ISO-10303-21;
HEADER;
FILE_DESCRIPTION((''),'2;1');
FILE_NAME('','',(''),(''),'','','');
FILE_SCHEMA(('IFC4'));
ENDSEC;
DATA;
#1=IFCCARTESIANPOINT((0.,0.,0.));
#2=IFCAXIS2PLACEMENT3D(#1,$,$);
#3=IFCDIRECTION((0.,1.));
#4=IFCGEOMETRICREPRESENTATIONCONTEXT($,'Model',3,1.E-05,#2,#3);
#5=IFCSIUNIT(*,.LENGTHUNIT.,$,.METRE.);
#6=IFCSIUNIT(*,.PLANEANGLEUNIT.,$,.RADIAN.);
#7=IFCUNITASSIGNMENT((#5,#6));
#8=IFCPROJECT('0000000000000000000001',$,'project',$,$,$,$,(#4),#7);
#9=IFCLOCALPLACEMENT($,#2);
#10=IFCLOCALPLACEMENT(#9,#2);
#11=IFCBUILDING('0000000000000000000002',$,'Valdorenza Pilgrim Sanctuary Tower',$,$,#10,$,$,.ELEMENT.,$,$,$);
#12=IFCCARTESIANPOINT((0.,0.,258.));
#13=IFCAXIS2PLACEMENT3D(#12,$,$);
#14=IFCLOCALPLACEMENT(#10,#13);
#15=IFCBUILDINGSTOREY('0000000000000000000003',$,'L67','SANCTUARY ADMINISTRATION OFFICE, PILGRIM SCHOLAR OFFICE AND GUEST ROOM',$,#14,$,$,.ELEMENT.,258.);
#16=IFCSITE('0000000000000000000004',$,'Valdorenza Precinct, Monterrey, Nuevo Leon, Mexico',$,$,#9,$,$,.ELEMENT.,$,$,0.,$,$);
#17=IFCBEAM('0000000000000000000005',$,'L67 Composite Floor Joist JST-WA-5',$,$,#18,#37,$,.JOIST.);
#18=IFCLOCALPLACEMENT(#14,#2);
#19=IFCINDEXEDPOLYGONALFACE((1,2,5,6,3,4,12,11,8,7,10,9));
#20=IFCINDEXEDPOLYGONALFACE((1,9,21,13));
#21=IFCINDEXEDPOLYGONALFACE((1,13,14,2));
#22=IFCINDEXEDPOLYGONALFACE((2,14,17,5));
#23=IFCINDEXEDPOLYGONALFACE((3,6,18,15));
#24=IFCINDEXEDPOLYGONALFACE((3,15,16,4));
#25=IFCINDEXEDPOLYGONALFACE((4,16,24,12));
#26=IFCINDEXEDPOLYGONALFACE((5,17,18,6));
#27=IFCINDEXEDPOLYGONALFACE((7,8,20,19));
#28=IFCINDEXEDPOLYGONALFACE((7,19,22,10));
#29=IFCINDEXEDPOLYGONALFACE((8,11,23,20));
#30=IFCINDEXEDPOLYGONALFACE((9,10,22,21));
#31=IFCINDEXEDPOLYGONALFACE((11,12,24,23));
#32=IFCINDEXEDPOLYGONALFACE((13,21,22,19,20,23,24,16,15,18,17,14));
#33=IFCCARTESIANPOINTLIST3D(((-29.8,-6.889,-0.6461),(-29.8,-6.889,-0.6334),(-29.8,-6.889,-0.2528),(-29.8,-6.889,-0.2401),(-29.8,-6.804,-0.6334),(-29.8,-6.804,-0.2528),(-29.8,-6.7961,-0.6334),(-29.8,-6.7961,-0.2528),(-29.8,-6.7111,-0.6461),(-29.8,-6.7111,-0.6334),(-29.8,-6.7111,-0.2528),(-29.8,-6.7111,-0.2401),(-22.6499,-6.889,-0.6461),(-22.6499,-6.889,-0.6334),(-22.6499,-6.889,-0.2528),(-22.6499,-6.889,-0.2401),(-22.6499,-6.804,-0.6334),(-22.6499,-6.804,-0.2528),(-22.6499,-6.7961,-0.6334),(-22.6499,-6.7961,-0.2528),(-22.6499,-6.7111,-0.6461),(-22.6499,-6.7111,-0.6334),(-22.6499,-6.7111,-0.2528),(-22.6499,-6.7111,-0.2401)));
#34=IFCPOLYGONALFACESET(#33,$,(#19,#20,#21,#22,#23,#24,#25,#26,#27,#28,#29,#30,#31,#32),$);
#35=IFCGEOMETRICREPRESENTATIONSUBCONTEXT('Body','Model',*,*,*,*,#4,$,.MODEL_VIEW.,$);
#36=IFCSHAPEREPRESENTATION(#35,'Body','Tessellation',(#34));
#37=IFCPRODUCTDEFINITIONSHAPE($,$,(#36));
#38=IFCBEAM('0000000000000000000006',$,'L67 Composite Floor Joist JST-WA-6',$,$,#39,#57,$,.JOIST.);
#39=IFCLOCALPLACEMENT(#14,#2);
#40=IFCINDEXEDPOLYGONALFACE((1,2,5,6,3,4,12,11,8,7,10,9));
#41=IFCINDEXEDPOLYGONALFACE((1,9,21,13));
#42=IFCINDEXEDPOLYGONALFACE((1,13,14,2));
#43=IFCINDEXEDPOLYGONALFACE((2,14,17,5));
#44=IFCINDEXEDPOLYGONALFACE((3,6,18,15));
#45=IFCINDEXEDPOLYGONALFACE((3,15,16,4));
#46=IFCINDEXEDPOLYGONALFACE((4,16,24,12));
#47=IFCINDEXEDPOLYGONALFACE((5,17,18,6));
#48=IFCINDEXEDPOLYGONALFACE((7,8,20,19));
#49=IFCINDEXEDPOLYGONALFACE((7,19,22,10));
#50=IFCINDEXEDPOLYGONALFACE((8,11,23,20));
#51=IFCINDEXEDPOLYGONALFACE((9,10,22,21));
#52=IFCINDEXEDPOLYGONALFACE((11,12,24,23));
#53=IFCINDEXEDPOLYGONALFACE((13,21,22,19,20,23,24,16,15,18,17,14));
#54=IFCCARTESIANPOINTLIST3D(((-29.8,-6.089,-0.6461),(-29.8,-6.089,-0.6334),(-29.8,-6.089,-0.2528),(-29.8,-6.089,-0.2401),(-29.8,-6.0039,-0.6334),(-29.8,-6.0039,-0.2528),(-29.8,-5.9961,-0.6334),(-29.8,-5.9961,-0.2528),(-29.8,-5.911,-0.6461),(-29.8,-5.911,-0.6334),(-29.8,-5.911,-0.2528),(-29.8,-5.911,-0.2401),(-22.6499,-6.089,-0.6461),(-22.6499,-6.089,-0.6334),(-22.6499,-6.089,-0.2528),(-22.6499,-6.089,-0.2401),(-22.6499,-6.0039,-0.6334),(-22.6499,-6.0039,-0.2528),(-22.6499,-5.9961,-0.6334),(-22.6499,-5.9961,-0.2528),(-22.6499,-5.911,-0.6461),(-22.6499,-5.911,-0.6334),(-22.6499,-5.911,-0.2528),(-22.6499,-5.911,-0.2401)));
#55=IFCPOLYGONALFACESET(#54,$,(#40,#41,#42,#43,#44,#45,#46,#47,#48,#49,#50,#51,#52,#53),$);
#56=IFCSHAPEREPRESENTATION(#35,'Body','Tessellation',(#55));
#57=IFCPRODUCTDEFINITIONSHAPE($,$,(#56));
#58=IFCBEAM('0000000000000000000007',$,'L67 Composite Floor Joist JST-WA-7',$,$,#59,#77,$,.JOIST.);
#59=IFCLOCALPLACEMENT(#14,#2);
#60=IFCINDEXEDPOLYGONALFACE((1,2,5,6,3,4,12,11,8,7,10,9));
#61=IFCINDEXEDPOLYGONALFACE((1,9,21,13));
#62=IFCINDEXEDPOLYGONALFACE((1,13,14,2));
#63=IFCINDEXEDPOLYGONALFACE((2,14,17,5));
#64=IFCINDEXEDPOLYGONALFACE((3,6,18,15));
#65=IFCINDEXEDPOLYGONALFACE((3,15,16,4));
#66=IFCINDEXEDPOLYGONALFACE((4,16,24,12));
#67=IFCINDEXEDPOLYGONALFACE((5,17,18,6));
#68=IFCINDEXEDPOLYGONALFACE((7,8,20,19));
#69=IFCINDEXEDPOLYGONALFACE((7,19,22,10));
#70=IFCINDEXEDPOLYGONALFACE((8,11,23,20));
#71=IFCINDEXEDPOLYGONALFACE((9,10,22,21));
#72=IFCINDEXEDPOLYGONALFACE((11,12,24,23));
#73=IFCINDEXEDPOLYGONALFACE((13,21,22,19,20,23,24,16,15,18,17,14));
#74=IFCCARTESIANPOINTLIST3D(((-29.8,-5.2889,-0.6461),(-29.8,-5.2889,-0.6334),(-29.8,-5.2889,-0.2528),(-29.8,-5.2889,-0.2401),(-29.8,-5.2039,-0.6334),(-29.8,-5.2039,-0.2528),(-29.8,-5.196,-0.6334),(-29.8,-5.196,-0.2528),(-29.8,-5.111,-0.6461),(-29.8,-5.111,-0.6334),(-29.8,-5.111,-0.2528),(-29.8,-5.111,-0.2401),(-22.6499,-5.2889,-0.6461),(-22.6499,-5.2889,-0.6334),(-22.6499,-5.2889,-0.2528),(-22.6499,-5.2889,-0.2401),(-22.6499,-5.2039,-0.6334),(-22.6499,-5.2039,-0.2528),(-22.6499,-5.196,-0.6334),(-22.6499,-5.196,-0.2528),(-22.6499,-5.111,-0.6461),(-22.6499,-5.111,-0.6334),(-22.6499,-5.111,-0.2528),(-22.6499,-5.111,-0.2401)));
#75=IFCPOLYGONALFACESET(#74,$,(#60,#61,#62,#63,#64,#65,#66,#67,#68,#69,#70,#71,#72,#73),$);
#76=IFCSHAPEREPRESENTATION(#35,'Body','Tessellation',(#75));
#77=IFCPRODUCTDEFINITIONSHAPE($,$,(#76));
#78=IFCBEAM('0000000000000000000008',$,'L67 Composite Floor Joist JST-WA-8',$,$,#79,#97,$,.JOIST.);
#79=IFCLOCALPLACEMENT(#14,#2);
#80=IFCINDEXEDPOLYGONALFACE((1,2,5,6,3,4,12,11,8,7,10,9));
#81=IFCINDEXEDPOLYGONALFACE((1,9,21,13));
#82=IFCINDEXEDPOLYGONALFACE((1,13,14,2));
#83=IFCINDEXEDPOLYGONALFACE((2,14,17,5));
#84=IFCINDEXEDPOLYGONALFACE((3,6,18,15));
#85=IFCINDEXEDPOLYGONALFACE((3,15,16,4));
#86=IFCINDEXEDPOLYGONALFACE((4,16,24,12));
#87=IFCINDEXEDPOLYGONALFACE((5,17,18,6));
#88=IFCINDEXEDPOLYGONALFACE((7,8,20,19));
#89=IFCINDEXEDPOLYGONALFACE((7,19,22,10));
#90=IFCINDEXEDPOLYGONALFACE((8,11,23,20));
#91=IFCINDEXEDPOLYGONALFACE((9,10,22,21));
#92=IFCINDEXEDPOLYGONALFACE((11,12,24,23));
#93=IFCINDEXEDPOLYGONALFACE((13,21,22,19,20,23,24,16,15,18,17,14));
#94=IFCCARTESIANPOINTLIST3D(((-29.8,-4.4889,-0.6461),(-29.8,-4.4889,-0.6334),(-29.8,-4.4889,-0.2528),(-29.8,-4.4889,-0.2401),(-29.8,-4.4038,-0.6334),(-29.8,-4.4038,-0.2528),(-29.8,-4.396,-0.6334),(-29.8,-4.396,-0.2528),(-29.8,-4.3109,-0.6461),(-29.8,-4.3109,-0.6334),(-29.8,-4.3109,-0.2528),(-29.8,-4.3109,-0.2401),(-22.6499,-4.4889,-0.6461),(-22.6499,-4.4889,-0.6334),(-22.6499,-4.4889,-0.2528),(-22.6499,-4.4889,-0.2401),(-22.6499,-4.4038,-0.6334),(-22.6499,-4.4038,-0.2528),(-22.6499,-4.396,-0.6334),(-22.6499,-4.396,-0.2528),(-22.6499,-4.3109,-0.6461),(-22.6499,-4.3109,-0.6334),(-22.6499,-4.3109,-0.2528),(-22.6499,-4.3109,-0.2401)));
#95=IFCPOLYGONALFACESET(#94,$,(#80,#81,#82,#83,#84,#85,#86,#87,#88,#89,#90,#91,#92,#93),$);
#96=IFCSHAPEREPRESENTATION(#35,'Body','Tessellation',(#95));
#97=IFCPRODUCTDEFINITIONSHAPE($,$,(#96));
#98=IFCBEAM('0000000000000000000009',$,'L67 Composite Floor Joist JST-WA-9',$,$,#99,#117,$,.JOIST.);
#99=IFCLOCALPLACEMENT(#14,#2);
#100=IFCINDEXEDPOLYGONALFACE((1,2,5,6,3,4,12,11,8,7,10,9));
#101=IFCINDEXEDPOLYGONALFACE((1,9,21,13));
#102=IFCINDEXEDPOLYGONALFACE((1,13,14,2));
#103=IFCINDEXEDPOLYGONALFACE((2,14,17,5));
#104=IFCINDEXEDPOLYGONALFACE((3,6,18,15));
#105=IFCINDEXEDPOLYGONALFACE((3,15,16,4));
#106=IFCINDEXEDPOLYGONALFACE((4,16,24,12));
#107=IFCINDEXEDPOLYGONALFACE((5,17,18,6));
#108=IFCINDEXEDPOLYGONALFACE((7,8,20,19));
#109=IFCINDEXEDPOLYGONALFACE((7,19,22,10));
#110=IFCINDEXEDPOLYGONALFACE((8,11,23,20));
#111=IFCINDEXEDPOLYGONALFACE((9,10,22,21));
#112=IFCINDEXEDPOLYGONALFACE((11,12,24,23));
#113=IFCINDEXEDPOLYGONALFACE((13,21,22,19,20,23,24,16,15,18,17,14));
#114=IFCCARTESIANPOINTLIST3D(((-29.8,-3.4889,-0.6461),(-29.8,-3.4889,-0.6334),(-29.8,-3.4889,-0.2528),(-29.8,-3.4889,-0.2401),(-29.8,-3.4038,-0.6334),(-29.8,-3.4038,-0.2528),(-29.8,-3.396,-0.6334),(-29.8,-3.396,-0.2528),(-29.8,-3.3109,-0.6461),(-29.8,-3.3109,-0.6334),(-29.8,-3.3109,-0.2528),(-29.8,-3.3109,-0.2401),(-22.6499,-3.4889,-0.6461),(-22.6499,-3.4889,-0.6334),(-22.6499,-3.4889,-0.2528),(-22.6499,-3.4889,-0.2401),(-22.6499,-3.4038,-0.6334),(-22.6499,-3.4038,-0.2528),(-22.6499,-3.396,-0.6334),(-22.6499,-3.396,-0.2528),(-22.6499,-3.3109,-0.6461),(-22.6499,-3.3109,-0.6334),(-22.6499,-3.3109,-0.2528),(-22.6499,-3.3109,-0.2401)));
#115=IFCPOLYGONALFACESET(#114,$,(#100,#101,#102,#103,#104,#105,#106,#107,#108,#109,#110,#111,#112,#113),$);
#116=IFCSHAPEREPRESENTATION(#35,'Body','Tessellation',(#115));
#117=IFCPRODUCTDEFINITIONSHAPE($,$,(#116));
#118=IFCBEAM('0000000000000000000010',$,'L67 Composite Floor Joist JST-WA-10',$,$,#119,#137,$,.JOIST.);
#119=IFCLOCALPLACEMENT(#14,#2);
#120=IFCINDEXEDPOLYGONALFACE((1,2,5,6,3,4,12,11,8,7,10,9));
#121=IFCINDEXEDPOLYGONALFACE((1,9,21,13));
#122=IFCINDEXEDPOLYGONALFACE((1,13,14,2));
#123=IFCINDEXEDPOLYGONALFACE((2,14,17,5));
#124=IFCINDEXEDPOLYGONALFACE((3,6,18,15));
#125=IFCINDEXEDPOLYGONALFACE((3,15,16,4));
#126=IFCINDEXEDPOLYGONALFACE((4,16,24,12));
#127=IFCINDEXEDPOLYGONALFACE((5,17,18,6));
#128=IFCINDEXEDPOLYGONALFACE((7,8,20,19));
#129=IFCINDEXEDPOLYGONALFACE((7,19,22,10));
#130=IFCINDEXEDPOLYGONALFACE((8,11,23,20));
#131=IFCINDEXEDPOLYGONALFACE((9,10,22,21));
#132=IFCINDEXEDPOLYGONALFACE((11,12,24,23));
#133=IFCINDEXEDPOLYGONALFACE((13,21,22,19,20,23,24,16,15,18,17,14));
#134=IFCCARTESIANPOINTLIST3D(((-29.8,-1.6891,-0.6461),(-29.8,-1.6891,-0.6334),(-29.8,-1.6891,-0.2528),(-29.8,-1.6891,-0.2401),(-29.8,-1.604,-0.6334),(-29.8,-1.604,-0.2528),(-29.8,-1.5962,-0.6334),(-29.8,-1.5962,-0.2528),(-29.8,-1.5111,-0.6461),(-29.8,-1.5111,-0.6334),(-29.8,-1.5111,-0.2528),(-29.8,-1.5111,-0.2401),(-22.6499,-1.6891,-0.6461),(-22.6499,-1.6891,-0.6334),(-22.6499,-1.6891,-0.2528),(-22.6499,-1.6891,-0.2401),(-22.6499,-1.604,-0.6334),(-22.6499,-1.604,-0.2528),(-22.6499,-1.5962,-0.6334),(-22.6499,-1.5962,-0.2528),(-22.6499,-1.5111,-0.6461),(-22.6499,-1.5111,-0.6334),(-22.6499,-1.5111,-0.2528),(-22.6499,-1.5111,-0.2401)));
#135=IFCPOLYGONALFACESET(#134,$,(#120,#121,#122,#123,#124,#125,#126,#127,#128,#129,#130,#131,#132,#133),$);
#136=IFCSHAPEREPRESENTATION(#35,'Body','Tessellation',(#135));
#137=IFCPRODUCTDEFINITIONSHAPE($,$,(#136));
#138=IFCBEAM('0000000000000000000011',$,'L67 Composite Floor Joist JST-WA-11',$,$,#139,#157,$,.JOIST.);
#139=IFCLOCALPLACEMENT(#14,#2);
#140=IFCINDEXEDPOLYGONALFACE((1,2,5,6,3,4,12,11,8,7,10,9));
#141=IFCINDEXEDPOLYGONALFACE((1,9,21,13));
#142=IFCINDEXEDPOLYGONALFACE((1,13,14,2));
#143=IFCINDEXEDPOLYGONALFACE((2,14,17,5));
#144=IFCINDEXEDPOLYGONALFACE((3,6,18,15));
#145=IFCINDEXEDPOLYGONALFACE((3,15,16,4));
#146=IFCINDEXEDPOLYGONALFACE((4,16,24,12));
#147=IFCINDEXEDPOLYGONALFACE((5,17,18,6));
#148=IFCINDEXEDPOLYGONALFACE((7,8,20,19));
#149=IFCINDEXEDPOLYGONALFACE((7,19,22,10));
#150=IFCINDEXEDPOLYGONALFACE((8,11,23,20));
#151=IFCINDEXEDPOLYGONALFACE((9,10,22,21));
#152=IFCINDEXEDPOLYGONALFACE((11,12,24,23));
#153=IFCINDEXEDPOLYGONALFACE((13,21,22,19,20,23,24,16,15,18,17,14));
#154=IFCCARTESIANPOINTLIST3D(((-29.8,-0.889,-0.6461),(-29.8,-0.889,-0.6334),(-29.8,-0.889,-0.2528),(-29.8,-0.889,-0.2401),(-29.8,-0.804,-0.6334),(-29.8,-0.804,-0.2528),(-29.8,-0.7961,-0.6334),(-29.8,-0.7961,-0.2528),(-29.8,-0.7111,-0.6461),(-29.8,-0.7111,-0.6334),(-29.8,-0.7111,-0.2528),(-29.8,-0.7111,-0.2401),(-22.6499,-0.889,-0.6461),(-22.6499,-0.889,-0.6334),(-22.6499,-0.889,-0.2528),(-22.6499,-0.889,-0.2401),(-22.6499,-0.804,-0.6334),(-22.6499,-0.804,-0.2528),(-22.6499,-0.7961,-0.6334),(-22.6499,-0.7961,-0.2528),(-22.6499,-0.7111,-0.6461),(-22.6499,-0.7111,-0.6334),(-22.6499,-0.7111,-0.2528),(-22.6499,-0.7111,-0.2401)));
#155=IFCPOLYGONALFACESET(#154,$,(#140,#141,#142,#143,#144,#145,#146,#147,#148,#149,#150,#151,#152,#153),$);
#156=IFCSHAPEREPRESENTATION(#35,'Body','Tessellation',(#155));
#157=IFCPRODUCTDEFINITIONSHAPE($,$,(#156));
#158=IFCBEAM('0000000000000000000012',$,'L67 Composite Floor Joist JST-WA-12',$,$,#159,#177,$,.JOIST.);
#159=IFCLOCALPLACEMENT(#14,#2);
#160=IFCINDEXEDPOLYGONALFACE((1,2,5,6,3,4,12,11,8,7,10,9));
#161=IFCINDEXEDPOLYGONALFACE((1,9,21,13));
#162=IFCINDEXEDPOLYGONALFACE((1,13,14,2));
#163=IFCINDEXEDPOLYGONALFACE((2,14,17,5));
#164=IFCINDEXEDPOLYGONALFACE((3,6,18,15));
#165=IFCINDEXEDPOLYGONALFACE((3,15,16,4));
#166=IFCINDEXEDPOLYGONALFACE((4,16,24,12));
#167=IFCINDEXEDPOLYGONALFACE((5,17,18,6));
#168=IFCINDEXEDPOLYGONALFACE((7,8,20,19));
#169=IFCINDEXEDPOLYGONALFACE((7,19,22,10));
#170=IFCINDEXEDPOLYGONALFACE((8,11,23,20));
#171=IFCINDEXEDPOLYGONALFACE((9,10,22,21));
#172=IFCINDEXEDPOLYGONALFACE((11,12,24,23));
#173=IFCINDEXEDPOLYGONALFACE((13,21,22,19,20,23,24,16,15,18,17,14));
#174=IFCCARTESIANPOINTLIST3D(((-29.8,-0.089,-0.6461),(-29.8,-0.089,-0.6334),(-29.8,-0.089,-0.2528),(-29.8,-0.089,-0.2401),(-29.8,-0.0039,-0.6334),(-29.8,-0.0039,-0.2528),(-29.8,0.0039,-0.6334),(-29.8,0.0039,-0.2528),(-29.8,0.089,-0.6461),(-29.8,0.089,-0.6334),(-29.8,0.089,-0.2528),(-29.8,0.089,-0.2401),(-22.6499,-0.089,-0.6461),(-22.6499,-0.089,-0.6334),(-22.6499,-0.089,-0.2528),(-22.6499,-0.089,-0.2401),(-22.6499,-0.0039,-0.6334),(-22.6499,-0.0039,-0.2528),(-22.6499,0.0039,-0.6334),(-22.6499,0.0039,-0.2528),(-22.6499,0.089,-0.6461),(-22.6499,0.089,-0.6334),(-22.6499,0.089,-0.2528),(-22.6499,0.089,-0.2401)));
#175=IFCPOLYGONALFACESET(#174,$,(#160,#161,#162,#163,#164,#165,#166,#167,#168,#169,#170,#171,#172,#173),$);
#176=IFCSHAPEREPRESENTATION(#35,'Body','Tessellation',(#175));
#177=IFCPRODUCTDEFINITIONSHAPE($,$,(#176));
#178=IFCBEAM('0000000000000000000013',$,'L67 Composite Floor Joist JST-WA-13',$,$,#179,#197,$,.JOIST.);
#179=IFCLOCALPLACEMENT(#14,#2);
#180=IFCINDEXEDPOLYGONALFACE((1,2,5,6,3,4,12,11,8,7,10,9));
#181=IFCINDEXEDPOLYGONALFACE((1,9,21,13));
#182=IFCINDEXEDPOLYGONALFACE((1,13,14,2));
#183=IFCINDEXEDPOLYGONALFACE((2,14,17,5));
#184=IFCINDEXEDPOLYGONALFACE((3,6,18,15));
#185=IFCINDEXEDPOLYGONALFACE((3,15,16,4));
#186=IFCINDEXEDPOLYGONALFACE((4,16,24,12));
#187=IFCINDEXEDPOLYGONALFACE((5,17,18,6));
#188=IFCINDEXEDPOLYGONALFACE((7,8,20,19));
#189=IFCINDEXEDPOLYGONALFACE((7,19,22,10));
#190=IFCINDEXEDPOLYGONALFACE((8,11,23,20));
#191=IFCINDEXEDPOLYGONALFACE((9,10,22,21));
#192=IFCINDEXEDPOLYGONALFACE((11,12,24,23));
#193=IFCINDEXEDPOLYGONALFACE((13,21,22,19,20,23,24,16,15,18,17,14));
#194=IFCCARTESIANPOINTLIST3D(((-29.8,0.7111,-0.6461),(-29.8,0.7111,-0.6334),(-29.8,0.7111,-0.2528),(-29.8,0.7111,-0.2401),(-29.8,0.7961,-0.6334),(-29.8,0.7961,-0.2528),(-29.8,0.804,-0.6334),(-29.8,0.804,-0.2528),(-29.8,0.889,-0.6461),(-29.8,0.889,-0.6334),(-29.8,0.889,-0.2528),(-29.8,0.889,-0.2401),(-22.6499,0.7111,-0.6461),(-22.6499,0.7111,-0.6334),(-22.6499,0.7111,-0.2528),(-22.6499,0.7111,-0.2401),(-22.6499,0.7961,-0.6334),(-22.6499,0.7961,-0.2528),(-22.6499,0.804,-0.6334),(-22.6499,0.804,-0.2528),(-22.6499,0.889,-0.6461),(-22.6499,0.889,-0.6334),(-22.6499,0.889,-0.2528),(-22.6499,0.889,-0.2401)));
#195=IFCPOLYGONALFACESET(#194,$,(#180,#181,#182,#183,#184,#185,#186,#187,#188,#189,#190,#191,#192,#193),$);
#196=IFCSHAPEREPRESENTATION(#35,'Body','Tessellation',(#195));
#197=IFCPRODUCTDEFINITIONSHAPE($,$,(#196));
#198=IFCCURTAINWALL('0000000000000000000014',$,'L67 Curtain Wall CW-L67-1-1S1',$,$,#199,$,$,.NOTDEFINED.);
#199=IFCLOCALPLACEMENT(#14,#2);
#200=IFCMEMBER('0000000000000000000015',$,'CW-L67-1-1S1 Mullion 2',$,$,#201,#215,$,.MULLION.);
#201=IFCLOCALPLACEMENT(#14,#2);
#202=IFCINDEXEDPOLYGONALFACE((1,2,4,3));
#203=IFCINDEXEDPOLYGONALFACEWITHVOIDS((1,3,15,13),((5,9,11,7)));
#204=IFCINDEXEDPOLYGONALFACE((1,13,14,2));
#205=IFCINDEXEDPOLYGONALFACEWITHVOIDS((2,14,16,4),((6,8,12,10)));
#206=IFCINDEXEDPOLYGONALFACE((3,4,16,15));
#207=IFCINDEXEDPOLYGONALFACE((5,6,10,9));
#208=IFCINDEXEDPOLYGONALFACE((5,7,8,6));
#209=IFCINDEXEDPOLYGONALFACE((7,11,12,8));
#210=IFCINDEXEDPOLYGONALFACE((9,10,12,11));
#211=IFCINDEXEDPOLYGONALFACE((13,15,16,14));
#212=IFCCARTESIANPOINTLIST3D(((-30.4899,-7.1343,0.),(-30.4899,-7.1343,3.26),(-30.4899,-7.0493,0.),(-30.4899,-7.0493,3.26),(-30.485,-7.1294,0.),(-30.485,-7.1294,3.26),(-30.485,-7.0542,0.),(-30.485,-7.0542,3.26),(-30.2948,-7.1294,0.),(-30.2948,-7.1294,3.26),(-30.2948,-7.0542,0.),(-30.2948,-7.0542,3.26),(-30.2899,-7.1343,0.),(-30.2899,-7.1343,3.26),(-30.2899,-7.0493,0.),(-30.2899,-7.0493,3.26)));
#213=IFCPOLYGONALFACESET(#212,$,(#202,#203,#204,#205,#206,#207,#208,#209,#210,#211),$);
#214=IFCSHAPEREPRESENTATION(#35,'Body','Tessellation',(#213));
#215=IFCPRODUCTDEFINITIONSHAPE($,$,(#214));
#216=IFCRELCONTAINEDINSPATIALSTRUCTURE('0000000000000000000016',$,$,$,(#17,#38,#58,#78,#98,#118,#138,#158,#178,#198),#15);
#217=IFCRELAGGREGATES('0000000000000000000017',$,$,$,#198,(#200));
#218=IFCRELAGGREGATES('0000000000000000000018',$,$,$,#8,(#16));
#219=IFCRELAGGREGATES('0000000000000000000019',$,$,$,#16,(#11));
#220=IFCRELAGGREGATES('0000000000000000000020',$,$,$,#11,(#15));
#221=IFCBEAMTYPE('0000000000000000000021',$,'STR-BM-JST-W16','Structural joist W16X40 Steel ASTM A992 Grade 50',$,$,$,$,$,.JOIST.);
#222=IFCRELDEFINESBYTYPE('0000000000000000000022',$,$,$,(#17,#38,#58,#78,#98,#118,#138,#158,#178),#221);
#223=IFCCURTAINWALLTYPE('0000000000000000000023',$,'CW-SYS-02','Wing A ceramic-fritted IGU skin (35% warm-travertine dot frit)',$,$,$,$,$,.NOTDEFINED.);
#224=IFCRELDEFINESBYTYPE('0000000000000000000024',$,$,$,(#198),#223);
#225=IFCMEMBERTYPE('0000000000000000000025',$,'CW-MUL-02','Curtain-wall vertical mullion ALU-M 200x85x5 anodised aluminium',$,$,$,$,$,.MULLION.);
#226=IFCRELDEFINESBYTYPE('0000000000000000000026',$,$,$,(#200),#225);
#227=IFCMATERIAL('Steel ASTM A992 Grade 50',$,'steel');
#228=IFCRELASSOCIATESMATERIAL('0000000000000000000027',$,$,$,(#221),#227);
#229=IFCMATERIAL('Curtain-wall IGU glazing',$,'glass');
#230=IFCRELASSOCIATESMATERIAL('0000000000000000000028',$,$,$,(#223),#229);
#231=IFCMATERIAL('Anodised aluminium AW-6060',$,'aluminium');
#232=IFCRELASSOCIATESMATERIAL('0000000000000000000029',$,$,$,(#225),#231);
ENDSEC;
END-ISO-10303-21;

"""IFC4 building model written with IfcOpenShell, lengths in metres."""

from ifc_helpers import new_model, si_unit, direction, frame, origin, origin_2d, place, context, subcontext, project, spatial, hollow_rectangle, i_section, extrude, source, transform, mapped, material, material_profile, profile_set, type_object, element, aggregate, save


model = new_model("IFC4")

# Units and contexts
model_context = context("Model", 3, precision=1e-05, world=origin(), true_north=direction((0.0, 1.0)))
body_context = subcontext(model_context, "Body", "Model", "MODEL_VIEW")
ifc_project = project(units=[si_unit("LENGTHUNIT", "METRE"), si_unit("PLANEANGLEUNIT", "RADIAN")], contexts=[model_context])

# Site, building, storey
site_placement = place(None, origin())
site = spatial("IfcSite", under=ifc_project, at=site_placement, Name="Valdorenza Precinct, Monterrey, Nuevo Leon, Mexico", CompositionType="ELEMENT", RefElevation=0.0)
building_placement = place(site_placement, origin())
building = spatial("IfcBuilding", under=site, at=building_placement, Name="Valdorenza Pilgrim Sanctuary Tower", CompositionType="ELEMENT")
storey_placement = place(building_placement, frame((0.0, 0.0, 258.0)))
storey = spatial("IfcBuildingStorey", under=building, at=storey_placement, Name="L67", Description="SANCTUARY ADMINISTRATION OFFICE, PILGRIM SCHOLAR OFFICE AND GUEST ROOM", CompositionType="ELEMENT", Elevation=258.0)

# Beams
ifc_material_1 = material(Name="Steel ASTM A992 Grade 50", Category="steel")
ifc_material_profile_1 = material_profile(ifc_material_1, i_section(OverallWidth=0.178, OverallDepth=0.406, WebThickness=0.0078, FlangeThickness=0.0127, at=origin_2d()), Name="W16X40")
ifc_profile_set_1 = profile_set([ifc_material_profile_1], Name="Steel ASTM A992 Grade 50")
beam_type_1 = type_object("IfcBeamType", Name="STR-BM-JST-W16", Description="Structural joist W16X40 Steel ASTM A992 Grade 50", PredefinedType="JOIST", material=ifc_profile_set_1)
shared_shape_1 = source(origin(), body_context, "Body", "SweptSolid", [
    extrude(i_section(OverallWidth=0.178, OverallDepth=0.406, WebThickness=0.0078, FlangeThickness=0.0127, at=origin_2d()), origin(), (0.0, 0.0, 1.0), 7.1501),
])
for number, where, z_axis, x_axis, name in (
    (1, (-29.8, -6.8, -0.4431), (1.0, 0.0, 0.0), (0.0, 1.0, 0.0), "L67 Composite Floor Joist JST-WA-5"),
    (2, (-29.8, -6.0, -0.4431), (1.0, 0.0, 0.0), (0.0, 1.0, 0.0), "L67 Composite Floor Joist JST-WA-6"),
    (3, (-29.8, -5.2, -0.4431), (1.0, 0.0, 0.0), (0.0, 1.0, 0.0), "L67 Composite Floor Joist JST-WA-7"),
    (4, (-29.8, -4.3999, -0.4431), (1.0, 0.0, 0.0), (0.0, 1.0, 0.0), "L67 Composite Floor Joist JST-WA-8"),
    (5, (-29.8, -3.3999, -0.4431), (1.0, 0.0, 0.0), (0.0, 1.0, 0.0), "L67 Composite Floor Joist JST-WA-9"),
    (6, (-29.8, -1.6001, -0.4431), (1.0, 0.0, 0.0), (0.0, 1.0, 0.0), "L67 Composite Floor Joist JST-WA-10"),
    (7, (-29.8, -0.8, -0.4431), (1.0, 0.0, 0.0), (0.0, 1.0, 0.0), "L67 Composite Floor Joist JST-WA-11"),
    (8, (-29.8, 0.0, -0.4431), (1.0, 0.0, 0.0), (0.0, 1.0, 0.0), "L67 Composite Floor Joist JST-WA-12"),
    (9, (-29.8, 0.8, -0.4431), (1.0, 0.0, 0.0), (0.0, 1.0, 0.0), "L67 Composite Floor Joist JST-WA-13"),
):
    element("IfcBeam", number, at=place(storey_placement, frame(where, z_axis=z_axis, x_axis=x_axis)), inside=storey, type_object=beam_type_1, Name=name, PredefinedType="JOIST", context=body_context, shape_type="MappedRepresentation", body=[
        mapped(shared_shape_1, transform((0.0, 0.0, 0.0), x_axis=(1.0, 0.0, 0.0), y_axis=(0.0, 1.0, 0.0), z_axis=(0.0, 0.0, 1.0), scale=1.0)),
    ])

# Curtain wall, member
ifc_material_2 = material(Name="Curtain-wall IGU glazing", Category="glass")
curtain_wall_type = type_object("IfcCurtainWallType", Name="CW-SYS-02", Description="Wing A ceramic-fritted IGU skin (35% warm-travertine dot frit)", PredefinedType="NOTDEFINED", material=ifc_material_2)
curtain_wall_placement = place(storey_placement, origin())
curtain_wall = element("IfcCurtainWall", 10, at=curtain_wall_placement, inside=storey, type_object=curtain_wall_type, Name="L67 Curtain Wall CW-L67-1-1S1", PredefinedType="NOTDEFINED")
ifc_material_3 = material(Name="Anodised aluminium AW-6060", Category="aluminium")
ifc_material_profile_2 = material_profile(ifc_material_3, hollow_rectangle(XDim=0.085, YDim=0.2, WallThickness=0.0049, at=origin_2d()), Name="ALU-M 200x85x5")
ifc_profile_set_2 = profile_set([ifc_material_profile_2], Name="Anodised aluminium AW-6060")
member_type = type_object("IfcMemberType", Name="CW-MUL-02", Description="Curtain-wall vertical mullion ALU-M 200x85x5 anodised aluminium", PredefinedType="MULLION", material=ifc_profile_set_2)
shared_shape_2 = source(origin(), body_context, "Body", "SweptSolid", [
    extrude(hollow_rectangle(XDim=0.085, YDim=0.2, WallThickness=0.0049, at=origin_2d()), origin(), (0.0, 0.0, 1.0), 3.26),
])
member_1_placement = place(storey_placement, frame((-30.3899, -7.0918, 0.0), z_axis=(0.0, 0.0, 1.0), x_axis=(0.0, 1.0, 0.0)))
member_1 = element("IfcMember", 11, at=member_1_placement, type_object=member_type, Name="CW-L67-1-1S1 Mullion 2", PredefinedType="MULLION", context=body_context, shape_type="MappedRepresentation", body=[
    mapped(shared_shape_2, transform((0.0, 0.0, 0.0), x_axis=(1.0, 0.0, 0.0), y_axis=(0.0, 1.0, 0.0), z_axis=(0.0, 0.0, 1.0), scale=1.0)),
])
aggregate(curtain_wall, [member_1])

save(model, "model.ifc")
